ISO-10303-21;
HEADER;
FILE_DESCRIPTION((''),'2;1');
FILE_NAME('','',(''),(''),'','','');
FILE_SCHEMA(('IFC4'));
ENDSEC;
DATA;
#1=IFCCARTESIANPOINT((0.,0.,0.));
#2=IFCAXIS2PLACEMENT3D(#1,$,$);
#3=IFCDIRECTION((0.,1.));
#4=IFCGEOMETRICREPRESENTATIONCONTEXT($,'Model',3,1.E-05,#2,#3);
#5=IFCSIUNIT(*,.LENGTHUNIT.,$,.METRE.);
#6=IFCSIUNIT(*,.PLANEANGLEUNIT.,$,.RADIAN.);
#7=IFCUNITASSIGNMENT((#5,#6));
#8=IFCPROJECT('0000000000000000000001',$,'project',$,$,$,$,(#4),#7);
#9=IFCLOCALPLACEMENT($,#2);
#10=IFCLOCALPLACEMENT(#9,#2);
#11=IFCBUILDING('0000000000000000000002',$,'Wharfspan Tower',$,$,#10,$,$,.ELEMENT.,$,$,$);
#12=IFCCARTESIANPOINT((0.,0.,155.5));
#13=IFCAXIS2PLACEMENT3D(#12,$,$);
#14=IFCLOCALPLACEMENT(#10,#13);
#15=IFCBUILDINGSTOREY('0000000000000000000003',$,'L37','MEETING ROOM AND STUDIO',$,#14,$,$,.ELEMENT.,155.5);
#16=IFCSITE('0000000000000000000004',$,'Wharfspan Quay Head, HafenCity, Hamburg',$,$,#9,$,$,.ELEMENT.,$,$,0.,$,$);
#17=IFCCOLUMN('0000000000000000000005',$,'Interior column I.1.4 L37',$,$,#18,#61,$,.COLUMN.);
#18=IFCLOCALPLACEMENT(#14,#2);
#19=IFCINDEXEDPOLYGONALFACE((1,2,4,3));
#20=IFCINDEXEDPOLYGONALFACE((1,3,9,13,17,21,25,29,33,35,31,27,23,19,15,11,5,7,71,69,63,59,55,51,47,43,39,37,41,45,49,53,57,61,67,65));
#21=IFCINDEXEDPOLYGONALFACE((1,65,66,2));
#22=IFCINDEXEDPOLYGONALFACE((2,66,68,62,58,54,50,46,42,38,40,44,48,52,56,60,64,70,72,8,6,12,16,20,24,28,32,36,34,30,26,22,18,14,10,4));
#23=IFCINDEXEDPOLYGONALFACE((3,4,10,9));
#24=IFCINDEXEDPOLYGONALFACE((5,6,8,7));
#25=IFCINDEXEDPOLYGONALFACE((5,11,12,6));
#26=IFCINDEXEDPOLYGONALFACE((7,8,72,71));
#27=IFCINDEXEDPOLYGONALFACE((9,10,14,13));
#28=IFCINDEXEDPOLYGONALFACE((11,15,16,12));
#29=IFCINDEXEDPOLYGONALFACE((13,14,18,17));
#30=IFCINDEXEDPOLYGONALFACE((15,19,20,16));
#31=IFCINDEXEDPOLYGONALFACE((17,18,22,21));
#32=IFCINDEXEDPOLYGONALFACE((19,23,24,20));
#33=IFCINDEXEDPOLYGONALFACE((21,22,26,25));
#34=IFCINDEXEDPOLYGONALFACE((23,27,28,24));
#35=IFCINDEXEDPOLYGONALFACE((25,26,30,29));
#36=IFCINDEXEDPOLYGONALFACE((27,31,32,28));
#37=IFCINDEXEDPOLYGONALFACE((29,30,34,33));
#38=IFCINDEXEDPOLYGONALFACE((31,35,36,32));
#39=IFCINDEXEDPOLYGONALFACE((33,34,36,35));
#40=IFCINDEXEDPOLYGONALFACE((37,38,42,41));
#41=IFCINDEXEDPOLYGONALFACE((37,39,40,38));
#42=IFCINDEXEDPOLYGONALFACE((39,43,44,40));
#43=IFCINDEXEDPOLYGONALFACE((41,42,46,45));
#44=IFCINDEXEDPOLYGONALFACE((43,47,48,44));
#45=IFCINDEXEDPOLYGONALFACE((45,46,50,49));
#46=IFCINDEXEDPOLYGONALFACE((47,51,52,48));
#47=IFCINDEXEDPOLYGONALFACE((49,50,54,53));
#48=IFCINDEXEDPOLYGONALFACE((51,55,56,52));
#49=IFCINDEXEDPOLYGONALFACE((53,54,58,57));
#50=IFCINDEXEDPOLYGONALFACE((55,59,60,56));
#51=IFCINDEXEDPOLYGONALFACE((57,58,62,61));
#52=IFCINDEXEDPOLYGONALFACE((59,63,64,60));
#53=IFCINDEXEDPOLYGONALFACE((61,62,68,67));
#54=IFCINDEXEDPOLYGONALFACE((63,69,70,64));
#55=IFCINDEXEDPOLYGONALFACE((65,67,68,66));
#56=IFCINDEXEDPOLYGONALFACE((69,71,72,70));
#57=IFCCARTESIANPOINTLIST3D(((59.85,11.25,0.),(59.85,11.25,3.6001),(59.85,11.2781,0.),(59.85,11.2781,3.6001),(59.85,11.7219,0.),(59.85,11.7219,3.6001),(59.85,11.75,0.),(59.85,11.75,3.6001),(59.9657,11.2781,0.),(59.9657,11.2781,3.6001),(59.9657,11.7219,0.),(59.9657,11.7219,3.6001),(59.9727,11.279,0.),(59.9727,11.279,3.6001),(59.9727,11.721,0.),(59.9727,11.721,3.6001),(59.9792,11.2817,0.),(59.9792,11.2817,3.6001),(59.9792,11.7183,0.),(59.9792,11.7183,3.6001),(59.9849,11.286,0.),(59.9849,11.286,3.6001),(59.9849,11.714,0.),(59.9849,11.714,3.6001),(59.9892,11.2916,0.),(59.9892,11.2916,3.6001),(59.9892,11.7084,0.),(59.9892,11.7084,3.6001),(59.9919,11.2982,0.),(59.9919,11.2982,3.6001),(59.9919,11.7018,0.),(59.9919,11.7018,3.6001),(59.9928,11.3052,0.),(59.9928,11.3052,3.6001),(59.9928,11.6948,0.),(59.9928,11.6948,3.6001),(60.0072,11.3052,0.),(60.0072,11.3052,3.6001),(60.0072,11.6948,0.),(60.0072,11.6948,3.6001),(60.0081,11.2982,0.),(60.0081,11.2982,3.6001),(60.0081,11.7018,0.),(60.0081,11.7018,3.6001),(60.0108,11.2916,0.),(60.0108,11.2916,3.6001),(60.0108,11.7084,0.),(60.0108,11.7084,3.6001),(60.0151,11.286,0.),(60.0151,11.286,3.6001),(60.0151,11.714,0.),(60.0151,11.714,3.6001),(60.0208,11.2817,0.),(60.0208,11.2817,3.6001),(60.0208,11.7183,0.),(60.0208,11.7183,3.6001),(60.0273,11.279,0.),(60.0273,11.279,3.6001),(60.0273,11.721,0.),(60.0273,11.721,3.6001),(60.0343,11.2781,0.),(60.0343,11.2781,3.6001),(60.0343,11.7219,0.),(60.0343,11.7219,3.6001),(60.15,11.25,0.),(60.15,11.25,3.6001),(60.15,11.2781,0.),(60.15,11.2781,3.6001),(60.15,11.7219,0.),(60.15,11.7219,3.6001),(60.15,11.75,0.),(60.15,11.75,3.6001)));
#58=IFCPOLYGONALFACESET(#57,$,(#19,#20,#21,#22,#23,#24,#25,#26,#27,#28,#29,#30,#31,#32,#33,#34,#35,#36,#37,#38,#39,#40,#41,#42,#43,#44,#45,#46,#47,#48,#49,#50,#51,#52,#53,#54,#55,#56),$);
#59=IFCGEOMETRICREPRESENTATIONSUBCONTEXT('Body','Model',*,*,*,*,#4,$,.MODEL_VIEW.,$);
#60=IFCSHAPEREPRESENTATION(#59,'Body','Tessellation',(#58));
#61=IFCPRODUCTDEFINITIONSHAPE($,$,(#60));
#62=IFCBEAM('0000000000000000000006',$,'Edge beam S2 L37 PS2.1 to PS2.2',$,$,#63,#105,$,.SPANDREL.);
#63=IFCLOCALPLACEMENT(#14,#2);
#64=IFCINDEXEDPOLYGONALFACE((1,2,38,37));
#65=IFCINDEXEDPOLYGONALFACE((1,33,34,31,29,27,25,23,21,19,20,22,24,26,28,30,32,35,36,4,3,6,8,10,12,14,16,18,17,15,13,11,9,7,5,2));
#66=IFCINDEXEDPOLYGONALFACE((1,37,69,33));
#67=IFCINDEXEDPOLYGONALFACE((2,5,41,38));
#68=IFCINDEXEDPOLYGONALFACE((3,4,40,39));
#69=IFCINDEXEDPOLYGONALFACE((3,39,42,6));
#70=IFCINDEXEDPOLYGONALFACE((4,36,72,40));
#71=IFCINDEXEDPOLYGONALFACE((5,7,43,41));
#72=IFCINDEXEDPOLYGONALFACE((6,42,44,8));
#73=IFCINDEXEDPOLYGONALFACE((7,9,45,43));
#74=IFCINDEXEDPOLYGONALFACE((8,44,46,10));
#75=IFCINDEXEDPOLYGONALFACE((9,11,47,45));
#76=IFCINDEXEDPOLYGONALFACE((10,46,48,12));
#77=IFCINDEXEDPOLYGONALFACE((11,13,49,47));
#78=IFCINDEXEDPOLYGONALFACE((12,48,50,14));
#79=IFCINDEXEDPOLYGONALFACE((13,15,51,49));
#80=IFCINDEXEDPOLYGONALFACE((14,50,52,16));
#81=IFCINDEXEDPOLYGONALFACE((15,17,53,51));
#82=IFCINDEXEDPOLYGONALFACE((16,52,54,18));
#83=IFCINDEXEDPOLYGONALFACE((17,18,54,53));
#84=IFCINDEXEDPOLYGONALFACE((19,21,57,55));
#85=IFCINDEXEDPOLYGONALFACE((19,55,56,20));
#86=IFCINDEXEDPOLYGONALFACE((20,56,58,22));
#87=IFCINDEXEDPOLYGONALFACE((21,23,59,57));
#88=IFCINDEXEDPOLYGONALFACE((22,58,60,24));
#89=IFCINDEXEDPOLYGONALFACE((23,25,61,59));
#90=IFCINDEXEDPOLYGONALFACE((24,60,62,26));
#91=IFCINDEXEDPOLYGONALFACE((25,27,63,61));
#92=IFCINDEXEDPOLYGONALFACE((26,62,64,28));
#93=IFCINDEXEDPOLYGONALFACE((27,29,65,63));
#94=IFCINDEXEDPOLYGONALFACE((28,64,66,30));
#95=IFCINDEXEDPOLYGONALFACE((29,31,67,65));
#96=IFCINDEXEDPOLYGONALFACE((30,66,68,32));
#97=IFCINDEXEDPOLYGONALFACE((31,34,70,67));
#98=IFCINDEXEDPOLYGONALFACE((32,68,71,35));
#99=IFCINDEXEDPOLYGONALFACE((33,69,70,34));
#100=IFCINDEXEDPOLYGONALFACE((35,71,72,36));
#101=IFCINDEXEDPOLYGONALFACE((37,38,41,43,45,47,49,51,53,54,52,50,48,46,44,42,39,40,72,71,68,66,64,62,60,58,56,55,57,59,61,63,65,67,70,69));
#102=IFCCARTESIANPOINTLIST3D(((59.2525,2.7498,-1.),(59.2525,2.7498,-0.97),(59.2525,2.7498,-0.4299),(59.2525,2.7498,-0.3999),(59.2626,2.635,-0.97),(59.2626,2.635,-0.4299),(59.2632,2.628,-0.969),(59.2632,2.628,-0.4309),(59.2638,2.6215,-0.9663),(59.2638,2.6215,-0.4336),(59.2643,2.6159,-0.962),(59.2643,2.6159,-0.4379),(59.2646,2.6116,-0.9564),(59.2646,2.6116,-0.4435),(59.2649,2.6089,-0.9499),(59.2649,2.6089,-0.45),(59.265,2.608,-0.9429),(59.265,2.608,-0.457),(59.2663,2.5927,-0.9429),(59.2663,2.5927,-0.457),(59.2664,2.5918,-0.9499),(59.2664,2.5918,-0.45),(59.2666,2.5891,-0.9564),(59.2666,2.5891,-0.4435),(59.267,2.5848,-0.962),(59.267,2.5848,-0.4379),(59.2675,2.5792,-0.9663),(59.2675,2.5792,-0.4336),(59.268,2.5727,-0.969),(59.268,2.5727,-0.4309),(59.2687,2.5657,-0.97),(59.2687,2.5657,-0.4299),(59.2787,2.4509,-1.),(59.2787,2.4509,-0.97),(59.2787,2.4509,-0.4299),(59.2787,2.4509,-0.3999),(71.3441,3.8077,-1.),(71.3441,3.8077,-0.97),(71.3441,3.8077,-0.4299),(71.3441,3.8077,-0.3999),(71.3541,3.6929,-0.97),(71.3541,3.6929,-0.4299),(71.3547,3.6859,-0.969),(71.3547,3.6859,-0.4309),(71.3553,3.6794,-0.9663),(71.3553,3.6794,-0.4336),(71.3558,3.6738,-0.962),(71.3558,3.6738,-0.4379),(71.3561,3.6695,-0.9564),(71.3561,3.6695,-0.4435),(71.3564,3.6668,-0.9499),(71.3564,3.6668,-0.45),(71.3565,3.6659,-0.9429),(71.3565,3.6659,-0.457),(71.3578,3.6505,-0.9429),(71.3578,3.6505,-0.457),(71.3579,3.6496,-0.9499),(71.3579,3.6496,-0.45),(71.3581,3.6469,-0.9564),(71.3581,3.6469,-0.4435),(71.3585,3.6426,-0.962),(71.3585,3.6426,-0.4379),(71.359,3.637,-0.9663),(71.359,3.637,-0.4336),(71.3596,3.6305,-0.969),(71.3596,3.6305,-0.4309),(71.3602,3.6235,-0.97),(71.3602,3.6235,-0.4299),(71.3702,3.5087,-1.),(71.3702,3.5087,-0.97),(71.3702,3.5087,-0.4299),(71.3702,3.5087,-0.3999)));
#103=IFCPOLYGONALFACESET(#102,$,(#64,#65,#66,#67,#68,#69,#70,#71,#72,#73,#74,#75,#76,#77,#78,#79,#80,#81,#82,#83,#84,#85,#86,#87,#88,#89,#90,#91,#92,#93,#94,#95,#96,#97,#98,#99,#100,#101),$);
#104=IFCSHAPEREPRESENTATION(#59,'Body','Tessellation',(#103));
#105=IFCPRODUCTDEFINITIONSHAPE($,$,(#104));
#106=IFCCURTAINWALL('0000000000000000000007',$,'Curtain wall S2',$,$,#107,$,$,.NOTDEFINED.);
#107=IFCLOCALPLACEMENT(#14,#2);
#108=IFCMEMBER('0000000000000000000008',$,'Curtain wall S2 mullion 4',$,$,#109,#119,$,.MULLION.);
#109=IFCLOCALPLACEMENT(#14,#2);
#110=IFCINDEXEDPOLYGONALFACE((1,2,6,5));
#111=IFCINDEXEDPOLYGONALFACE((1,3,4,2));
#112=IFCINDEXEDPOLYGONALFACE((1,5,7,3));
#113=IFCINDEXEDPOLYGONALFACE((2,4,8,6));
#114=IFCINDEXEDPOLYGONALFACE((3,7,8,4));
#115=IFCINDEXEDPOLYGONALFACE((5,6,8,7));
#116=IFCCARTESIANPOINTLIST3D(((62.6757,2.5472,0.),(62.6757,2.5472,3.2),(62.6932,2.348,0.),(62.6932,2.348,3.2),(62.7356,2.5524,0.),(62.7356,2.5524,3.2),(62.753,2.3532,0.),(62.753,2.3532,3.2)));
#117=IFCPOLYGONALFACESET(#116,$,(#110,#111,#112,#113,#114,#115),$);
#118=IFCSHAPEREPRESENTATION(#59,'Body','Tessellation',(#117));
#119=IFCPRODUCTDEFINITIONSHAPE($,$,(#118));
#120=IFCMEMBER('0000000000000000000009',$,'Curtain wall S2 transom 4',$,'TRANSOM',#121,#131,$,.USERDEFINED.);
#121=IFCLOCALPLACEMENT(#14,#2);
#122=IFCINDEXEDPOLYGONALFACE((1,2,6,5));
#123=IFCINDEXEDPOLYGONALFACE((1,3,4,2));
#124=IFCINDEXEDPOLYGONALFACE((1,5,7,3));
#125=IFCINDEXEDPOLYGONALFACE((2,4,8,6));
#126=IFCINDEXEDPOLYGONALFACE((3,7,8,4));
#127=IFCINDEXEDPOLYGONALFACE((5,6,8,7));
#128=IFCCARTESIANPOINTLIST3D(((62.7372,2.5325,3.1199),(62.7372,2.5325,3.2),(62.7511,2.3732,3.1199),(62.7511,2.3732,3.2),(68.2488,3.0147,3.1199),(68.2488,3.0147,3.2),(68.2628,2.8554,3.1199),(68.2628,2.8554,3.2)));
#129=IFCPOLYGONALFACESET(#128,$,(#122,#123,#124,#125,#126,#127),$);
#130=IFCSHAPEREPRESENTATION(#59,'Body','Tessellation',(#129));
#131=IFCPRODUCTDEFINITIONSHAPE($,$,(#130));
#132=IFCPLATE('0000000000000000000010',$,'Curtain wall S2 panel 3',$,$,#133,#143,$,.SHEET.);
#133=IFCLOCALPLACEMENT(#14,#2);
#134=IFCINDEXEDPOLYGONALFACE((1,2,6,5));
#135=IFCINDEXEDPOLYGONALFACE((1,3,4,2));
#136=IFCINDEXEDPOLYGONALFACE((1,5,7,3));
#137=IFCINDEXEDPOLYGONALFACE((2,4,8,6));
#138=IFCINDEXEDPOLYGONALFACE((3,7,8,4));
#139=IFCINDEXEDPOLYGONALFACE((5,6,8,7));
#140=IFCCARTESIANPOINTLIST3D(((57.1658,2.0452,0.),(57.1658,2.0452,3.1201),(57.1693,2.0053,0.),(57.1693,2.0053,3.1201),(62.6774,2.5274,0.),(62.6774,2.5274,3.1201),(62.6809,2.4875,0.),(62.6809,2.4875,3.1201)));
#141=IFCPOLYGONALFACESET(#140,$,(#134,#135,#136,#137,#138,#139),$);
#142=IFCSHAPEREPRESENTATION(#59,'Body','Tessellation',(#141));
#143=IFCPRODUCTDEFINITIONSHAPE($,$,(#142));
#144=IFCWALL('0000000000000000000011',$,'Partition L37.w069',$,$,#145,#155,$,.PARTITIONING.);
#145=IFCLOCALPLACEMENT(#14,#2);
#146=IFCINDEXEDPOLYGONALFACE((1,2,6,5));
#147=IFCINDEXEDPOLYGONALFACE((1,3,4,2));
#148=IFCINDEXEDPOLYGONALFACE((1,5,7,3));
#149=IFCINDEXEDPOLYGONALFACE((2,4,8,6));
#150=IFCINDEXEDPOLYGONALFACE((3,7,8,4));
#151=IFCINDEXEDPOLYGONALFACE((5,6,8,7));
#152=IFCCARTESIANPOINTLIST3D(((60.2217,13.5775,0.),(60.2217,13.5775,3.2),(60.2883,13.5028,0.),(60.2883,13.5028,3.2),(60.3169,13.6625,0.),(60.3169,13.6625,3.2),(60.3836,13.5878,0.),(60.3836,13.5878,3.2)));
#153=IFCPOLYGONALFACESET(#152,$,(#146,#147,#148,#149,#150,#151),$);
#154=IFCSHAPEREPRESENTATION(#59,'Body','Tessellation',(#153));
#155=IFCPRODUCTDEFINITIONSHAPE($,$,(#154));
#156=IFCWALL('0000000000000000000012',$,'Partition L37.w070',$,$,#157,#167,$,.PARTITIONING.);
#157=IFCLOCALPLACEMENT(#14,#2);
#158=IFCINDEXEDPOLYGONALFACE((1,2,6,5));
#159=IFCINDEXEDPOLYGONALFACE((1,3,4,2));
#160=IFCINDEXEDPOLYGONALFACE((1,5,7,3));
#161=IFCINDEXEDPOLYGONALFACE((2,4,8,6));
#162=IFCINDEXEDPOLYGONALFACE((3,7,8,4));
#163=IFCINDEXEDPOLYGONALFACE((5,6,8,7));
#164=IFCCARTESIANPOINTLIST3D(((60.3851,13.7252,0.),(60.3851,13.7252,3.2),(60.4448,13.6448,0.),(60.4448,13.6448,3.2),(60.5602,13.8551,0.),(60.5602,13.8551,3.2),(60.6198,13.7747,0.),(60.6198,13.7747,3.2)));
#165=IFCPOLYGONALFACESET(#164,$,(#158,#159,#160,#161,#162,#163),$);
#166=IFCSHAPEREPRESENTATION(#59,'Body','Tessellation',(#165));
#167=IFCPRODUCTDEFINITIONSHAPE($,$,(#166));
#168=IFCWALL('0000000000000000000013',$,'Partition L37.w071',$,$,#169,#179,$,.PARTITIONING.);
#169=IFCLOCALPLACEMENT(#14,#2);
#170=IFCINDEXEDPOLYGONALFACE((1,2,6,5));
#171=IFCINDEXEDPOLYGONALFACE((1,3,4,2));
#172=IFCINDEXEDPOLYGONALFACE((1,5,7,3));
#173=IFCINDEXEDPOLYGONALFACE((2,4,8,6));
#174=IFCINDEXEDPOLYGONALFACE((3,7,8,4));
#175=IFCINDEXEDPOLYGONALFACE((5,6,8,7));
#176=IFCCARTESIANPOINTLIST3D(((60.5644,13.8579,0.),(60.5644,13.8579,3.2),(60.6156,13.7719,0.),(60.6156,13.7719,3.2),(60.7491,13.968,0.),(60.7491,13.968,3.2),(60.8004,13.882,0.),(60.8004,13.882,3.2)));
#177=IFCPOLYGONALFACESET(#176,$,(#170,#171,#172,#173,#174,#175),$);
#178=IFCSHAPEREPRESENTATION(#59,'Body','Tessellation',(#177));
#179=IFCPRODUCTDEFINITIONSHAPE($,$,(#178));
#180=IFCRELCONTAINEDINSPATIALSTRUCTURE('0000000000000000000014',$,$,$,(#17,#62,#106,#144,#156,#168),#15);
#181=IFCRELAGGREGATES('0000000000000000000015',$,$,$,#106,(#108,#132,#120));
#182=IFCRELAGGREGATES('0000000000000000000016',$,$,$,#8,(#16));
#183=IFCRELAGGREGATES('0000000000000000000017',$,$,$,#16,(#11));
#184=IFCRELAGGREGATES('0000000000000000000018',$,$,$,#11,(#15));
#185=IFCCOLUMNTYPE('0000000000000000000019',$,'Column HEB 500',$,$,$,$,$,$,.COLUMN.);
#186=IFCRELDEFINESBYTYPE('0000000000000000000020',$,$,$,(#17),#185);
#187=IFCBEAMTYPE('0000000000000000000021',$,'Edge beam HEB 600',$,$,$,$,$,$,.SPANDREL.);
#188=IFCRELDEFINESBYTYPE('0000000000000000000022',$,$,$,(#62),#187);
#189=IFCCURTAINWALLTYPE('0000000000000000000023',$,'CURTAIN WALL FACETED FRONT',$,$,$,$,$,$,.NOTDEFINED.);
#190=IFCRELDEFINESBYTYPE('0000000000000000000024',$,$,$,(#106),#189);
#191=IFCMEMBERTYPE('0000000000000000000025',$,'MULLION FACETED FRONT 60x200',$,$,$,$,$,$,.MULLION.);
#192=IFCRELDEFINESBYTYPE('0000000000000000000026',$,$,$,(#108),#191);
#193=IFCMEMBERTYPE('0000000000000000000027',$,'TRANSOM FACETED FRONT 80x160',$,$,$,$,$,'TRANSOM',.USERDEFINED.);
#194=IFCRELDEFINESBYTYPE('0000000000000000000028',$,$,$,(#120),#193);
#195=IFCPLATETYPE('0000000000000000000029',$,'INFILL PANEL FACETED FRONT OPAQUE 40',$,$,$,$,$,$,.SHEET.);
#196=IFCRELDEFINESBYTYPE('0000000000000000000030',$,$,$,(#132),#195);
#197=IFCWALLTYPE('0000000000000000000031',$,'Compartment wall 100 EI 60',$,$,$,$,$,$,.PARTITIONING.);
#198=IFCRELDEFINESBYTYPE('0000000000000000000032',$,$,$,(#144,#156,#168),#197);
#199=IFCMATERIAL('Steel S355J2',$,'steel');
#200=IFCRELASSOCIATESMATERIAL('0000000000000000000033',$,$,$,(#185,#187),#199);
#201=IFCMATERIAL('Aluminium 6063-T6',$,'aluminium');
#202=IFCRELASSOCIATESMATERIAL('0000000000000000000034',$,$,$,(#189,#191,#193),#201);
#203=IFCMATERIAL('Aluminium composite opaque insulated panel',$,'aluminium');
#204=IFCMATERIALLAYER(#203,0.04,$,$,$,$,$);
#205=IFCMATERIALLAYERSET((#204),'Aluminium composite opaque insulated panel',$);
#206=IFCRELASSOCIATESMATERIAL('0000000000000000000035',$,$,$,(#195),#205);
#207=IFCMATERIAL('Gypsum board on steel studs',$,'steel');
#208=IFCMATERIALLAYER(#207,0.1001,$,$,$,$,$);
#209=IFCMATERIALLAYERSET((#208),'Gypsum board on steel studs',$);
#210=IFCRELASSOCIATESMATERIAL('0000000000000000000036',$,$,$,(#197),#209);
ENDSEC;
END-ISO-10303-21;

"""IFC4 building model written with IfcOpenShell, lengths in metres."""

from ifc_helpers import new_model, si_unit, direction, frame, frame_2d, origin, origin_2d, place, context, subcontext, project, spatial, rectangle, i_section, extrude, material, layer, layer_set, material_profile, profile_set, type_object, element, aggregate, save


model = new_model("IFC4")

# Units and contexts
model_context = context("Model", 3, precision=1e-05, world=origin(), true_north=direction((0.0, 1.0)))
body_context = subcontext(model_context, "Body", "Model", "MODEL_VIEW")
ifc_project = project(units=[si_unit("LENGTHUNIT", "METRE"), si_unit("PLANEANGLEUNIT", "RADIAN")], contexts=[model_context])

# Site, building, storey
site_placement = place(None, origin())
site = spatial("IfcSite", under=ifc_project, at=site_placement, Name="Wharfspan Quay Head, HafenCity, Hamburg", CompositionType="ELEMENT", RefElevation=0.0)
building_placement = place(site_placement, origin())
building = spatial("IfcBuilding", under=site, at=building_placement, Name="Wharfspan Tower", CompositionType="ELEMENT")
storey_placement = place(building_placement, frame((0.0, 0.0, 155.5)))
storey = spatial("IfcBuildingStorey", under=building, at=storey_placement, Name="L37", Description="MEETING ROOM AND STUDIO", CompositionType="ELEMENT", Elevation=155.5)

# Column
ifc_material_1 = material(Name="Steel S355J2", Category="steel")
ifc_material_profile_1 = material_profile(ifc_material_1, i_section(OverallWidth=0.3, OverallDepth=0.5, WebThickness=0.0144, FlangeThickness=0.0281, FilletRadius=0.0271, at=origin_2d()))
ifc_profile_set_1 = profile_set([ifc_material_profile_1], Name="Steel S355J2")
column_type = type_object("IfcColumnType", Name="Column HEB 500", PredefinedType="COLUMN", material=ifc_profile_set_1)
column_placement = place(storey_placement, frame((60.0, 11.5, 0.0), z_axis=(0.0, 0.0, 1.0), x_axis=(1.0, 0.0, 0.0)))
element("IfcColumn", 1, at=column_placement, inside=storey, type_object=column_type, Name="Interior column I.1.4 L37", PredefinedType="COLUMN", context=body_context, shape_type="SweptSolid", body=[
    extrude(i_section(OverallWidth=0.3, OverallDepth=0.5, WebThickness=0.0144, FlangeThickness=0.0281, FilletRadius=0.0271, at=origin_2d()), origin(), (0.0, 0.0, 1.0), 3.6001),
])

# Beam
ifc_material_profile_2 = material_profile(ifc_material_1, i_section(OverallWidth=0.3, OverallDepth=0.6001, WebThickness=0.0154, FlangeThickness=0.03, FilletRadius=0.0271, at=origin_2d()))
ifc_profile_set_2 = profile_set([ifc_material_profile_2], Name="Steel S355J2")
beam_type = type_object("IfcBeamType", Name="Edge beam HEB 600", PredefinedType="SPANDREL", material=ifc_profile_set_2)
beam_placement = place(storey_placement, frame((59.2656, 2.6003, -0.7), z_axis=(0.996195, 0.087155, 0.0), x_axis=(-0.087155, 0.996195, 0.0)))
element("IfcBeam", 2, at=beam_placement, inside=storey, type_object=beam_type, Name="Edge beam S2 L37 PS2.1 to PS2.2", PredefinedType="SPANDREL", context=body_context, shape_type="SweptSolid", body=[
    extrude(i_section(OverallWidth=0.3, OverallDepth=0.6001, WebThickness=0.0154, FlangeThickness=0.03, FilletRadius=0.0271, at=origin_2d()), origin(), (0.0, 0.0, 1.0), 12.1377),
])

# Curtain wall, members, plate
ifc_material_2 = material(Name="Aluminium 6063-T6", Category="aluminium")
curtain_wall_type = type_object("IfcCurtainWallType", Name="CURTAIN WALL FACETED FRONT", PredefinedType="NOTDEFINED", material=ifc_material_2)
curtain_wall_placement = place(storey_placement, origin())
curtain_wall = element("IfcCurtainWall", 3, at=curtain_wall_placement, inside=storey, type_object=curtain_wall_type, Name="Curtain wall S2", PredefinedType="NOTDEFINED")
ifc_material_profile_3 = material_profile(ifc_material_2, rectangle(XDim=0.2, YDim=0.0601, at=origin_2d()))
ifc_profile_set_3 = profile_set([ifc_material_profile_3], Name="Aluminium 6063-T6")
member_type_1 = type_object("IfcMemberType", Name="MULLION FACETED FRONT 60x200", PredefinedType="MULLION", material=ifc_profile_set_3)
member_1_placement = place(storey_placement, frame((62.7144, 2.4502, 0.0), z_axis=(0.0, 0.0, 1.0), x_axis=(-0.087156, 0.996198, 0.0)))
member_1 = element("IfcMember", 4, at=member_1_placement, type_object=member_type_1, Name="Curtain wall S2 mullion 4", PredefinedType="MULLION", context=body_context, shape_type="SweptSolid", body=[
    extrude(rectangle(XDim=0.2, YDim=0.0601, at=origin_2d()), origin(), (0.0, 0.0, 1.0), 3.2),
])
ifc_material_profile_4 = material_profile(ifc_material_2, rectangle(XDim=0.1599, YDim=0.0801, at=origin_2d()))
ifc_profile_set_4 = profile_set([ifc_material_profile_4], Name="Aluminium 6063-T6")
member_type_2 = type_object("IfcMemberType", Name="TRANSOM FACETED FRONT 80x160", ElementType="TRANSOM", PredefinedType="USERDEFINED", material=ifc_profile_set_4)
member_2_placement = place(storey_placement, frame((62.7441, 2.4529, 3.1599), z_axis=(0.996195, 0.087149, 0.0), x_axis=(-0.087149, 0.996195, 0.0)))
member_2 = element("IfcMember", 5, at=member_2_placement, type_object=member_type_2, Name="Curtain wall S2 transom 4", ObjectType="TRANSOM", PredefinedType="USERDEFINED", context=body_context, shape_type="SweptSolid", body=[
    extrude(rectangle(XDim=0.1599, YDim=0.0801, at=origin_2d()), origin(), (0.0, 0.0, 1.0), 5.5327),
])
ifc_material_3 = material(Name="Aluminium composite opaque insulated panel", Category="aluminium")
ifc_layer_1 = layer(ifc_material_3, 0.04)
ifc_layer_set_1 = layer_set([ifc_layer_1], Name="Aluminium composite opaque insulated panel")
plate_type = type_object("IfcPlateType", Name="INFILL PANEL FACETED FRONT OPAQUE 40", PredefinedType="SHEET", material=ifc_layer_set_1)
plate_placement = place(storey_placement, frame((59.9233, 2.2664, 0.0), z_axis=(0.0, 0.0, 1.0), x_axis=(0.996198, 0.087156, 0.0)))
plate = element("IfcPlate", 6, at=plate_placement, type_object=plate_type, Name="Curtain wall S2 panel 3", PredefinedType="SHEET", context=body_context, shape_type="SweptSolid", body=[
    extrude(rectangle(XDim=5.5327, YDim=0.04, at=origin_2d()), origin(), (0.0, 0.0, 1.0), 3.1201),
])
aggregate(curtain_wall, [member_1, plate, member_2])

# Walls
ifc_material_4 = material(Name="Gypsum board on steel studs", Category="steel")
ifc_layer_2 = layer(ifc_material_4, 0.1001)
ifc_layer_set_2 = layer_set([ifc_layer_2], Name="Gypsum board on steel studs")
wall_type_1 = type_object("IfcWallType", Name="Compartment wall 100 EI 60", PredefinedType="PARTITIONING", material=ifc_layer_set_2)
wall_1_placement = place(storey_placement, frame((60.2549, 13.54, 0.0), z_axis=(0.0, 0.0, 1.0), x_axis=(0.746144, 0.66579, 0.0)))
element("IfcWall", 7, at=wall_1_placement, inside=storey, type_object=wall_type_1, Name="Partition L37.w069", PredefinedType="PARTITIONING", context=body_context, shape_type="SweptSolid", body=[
    extrude(rectangle(XDim=0.1277, YDim=0.1001, at=frame_2d((0.064, 0.0))), origin(), (0.0, 0.0, 1.0), 3.2),
])
wall_2_placement = place(storey_placement, frame((60.415, 13.6851, 0.0), z_axis=(0.0, 0.0, 1.0), x_axis=(0.803079, 0.595869, 0.0)))
element("IfcWall", 8, at=wall_2_placement, inside=storey, type_object=wall_type_1, Name="Partition L37.w070", PredefinedType="PARTITIONING", context=body_context, shape_type="SweptSolid", body=[
    extrude(rectangle(XDim=0.218, YDim=0.1001, at=frame_2d((0.1089, 0.0))), origin(), (0.0, 0.0, 1.0), 3.2),
])
wall_3_placement = place(storey_placement, frame((60.5901, 13.8149, 0.0), z_axis=(0.0, 0.0, 1.0), x_axis=(0.859091, 0.511823, 0.0)))
element("IfcWall", 9, at=wall_3_placement, inside=storey, type_object=wall_type_1, Name="Partition L37.w071", PredefinedType="PARTITIONING", context=body_context, shape_type="SweptSolid", body=[
    extrude(rectangle(XDim=0.2151, YDim=0.1001, at=frame_2d((0.1074, 0.0))), origin(), (0.0, 0.0, 1.0), 3.2),
])

save(model, "model.ifc")
